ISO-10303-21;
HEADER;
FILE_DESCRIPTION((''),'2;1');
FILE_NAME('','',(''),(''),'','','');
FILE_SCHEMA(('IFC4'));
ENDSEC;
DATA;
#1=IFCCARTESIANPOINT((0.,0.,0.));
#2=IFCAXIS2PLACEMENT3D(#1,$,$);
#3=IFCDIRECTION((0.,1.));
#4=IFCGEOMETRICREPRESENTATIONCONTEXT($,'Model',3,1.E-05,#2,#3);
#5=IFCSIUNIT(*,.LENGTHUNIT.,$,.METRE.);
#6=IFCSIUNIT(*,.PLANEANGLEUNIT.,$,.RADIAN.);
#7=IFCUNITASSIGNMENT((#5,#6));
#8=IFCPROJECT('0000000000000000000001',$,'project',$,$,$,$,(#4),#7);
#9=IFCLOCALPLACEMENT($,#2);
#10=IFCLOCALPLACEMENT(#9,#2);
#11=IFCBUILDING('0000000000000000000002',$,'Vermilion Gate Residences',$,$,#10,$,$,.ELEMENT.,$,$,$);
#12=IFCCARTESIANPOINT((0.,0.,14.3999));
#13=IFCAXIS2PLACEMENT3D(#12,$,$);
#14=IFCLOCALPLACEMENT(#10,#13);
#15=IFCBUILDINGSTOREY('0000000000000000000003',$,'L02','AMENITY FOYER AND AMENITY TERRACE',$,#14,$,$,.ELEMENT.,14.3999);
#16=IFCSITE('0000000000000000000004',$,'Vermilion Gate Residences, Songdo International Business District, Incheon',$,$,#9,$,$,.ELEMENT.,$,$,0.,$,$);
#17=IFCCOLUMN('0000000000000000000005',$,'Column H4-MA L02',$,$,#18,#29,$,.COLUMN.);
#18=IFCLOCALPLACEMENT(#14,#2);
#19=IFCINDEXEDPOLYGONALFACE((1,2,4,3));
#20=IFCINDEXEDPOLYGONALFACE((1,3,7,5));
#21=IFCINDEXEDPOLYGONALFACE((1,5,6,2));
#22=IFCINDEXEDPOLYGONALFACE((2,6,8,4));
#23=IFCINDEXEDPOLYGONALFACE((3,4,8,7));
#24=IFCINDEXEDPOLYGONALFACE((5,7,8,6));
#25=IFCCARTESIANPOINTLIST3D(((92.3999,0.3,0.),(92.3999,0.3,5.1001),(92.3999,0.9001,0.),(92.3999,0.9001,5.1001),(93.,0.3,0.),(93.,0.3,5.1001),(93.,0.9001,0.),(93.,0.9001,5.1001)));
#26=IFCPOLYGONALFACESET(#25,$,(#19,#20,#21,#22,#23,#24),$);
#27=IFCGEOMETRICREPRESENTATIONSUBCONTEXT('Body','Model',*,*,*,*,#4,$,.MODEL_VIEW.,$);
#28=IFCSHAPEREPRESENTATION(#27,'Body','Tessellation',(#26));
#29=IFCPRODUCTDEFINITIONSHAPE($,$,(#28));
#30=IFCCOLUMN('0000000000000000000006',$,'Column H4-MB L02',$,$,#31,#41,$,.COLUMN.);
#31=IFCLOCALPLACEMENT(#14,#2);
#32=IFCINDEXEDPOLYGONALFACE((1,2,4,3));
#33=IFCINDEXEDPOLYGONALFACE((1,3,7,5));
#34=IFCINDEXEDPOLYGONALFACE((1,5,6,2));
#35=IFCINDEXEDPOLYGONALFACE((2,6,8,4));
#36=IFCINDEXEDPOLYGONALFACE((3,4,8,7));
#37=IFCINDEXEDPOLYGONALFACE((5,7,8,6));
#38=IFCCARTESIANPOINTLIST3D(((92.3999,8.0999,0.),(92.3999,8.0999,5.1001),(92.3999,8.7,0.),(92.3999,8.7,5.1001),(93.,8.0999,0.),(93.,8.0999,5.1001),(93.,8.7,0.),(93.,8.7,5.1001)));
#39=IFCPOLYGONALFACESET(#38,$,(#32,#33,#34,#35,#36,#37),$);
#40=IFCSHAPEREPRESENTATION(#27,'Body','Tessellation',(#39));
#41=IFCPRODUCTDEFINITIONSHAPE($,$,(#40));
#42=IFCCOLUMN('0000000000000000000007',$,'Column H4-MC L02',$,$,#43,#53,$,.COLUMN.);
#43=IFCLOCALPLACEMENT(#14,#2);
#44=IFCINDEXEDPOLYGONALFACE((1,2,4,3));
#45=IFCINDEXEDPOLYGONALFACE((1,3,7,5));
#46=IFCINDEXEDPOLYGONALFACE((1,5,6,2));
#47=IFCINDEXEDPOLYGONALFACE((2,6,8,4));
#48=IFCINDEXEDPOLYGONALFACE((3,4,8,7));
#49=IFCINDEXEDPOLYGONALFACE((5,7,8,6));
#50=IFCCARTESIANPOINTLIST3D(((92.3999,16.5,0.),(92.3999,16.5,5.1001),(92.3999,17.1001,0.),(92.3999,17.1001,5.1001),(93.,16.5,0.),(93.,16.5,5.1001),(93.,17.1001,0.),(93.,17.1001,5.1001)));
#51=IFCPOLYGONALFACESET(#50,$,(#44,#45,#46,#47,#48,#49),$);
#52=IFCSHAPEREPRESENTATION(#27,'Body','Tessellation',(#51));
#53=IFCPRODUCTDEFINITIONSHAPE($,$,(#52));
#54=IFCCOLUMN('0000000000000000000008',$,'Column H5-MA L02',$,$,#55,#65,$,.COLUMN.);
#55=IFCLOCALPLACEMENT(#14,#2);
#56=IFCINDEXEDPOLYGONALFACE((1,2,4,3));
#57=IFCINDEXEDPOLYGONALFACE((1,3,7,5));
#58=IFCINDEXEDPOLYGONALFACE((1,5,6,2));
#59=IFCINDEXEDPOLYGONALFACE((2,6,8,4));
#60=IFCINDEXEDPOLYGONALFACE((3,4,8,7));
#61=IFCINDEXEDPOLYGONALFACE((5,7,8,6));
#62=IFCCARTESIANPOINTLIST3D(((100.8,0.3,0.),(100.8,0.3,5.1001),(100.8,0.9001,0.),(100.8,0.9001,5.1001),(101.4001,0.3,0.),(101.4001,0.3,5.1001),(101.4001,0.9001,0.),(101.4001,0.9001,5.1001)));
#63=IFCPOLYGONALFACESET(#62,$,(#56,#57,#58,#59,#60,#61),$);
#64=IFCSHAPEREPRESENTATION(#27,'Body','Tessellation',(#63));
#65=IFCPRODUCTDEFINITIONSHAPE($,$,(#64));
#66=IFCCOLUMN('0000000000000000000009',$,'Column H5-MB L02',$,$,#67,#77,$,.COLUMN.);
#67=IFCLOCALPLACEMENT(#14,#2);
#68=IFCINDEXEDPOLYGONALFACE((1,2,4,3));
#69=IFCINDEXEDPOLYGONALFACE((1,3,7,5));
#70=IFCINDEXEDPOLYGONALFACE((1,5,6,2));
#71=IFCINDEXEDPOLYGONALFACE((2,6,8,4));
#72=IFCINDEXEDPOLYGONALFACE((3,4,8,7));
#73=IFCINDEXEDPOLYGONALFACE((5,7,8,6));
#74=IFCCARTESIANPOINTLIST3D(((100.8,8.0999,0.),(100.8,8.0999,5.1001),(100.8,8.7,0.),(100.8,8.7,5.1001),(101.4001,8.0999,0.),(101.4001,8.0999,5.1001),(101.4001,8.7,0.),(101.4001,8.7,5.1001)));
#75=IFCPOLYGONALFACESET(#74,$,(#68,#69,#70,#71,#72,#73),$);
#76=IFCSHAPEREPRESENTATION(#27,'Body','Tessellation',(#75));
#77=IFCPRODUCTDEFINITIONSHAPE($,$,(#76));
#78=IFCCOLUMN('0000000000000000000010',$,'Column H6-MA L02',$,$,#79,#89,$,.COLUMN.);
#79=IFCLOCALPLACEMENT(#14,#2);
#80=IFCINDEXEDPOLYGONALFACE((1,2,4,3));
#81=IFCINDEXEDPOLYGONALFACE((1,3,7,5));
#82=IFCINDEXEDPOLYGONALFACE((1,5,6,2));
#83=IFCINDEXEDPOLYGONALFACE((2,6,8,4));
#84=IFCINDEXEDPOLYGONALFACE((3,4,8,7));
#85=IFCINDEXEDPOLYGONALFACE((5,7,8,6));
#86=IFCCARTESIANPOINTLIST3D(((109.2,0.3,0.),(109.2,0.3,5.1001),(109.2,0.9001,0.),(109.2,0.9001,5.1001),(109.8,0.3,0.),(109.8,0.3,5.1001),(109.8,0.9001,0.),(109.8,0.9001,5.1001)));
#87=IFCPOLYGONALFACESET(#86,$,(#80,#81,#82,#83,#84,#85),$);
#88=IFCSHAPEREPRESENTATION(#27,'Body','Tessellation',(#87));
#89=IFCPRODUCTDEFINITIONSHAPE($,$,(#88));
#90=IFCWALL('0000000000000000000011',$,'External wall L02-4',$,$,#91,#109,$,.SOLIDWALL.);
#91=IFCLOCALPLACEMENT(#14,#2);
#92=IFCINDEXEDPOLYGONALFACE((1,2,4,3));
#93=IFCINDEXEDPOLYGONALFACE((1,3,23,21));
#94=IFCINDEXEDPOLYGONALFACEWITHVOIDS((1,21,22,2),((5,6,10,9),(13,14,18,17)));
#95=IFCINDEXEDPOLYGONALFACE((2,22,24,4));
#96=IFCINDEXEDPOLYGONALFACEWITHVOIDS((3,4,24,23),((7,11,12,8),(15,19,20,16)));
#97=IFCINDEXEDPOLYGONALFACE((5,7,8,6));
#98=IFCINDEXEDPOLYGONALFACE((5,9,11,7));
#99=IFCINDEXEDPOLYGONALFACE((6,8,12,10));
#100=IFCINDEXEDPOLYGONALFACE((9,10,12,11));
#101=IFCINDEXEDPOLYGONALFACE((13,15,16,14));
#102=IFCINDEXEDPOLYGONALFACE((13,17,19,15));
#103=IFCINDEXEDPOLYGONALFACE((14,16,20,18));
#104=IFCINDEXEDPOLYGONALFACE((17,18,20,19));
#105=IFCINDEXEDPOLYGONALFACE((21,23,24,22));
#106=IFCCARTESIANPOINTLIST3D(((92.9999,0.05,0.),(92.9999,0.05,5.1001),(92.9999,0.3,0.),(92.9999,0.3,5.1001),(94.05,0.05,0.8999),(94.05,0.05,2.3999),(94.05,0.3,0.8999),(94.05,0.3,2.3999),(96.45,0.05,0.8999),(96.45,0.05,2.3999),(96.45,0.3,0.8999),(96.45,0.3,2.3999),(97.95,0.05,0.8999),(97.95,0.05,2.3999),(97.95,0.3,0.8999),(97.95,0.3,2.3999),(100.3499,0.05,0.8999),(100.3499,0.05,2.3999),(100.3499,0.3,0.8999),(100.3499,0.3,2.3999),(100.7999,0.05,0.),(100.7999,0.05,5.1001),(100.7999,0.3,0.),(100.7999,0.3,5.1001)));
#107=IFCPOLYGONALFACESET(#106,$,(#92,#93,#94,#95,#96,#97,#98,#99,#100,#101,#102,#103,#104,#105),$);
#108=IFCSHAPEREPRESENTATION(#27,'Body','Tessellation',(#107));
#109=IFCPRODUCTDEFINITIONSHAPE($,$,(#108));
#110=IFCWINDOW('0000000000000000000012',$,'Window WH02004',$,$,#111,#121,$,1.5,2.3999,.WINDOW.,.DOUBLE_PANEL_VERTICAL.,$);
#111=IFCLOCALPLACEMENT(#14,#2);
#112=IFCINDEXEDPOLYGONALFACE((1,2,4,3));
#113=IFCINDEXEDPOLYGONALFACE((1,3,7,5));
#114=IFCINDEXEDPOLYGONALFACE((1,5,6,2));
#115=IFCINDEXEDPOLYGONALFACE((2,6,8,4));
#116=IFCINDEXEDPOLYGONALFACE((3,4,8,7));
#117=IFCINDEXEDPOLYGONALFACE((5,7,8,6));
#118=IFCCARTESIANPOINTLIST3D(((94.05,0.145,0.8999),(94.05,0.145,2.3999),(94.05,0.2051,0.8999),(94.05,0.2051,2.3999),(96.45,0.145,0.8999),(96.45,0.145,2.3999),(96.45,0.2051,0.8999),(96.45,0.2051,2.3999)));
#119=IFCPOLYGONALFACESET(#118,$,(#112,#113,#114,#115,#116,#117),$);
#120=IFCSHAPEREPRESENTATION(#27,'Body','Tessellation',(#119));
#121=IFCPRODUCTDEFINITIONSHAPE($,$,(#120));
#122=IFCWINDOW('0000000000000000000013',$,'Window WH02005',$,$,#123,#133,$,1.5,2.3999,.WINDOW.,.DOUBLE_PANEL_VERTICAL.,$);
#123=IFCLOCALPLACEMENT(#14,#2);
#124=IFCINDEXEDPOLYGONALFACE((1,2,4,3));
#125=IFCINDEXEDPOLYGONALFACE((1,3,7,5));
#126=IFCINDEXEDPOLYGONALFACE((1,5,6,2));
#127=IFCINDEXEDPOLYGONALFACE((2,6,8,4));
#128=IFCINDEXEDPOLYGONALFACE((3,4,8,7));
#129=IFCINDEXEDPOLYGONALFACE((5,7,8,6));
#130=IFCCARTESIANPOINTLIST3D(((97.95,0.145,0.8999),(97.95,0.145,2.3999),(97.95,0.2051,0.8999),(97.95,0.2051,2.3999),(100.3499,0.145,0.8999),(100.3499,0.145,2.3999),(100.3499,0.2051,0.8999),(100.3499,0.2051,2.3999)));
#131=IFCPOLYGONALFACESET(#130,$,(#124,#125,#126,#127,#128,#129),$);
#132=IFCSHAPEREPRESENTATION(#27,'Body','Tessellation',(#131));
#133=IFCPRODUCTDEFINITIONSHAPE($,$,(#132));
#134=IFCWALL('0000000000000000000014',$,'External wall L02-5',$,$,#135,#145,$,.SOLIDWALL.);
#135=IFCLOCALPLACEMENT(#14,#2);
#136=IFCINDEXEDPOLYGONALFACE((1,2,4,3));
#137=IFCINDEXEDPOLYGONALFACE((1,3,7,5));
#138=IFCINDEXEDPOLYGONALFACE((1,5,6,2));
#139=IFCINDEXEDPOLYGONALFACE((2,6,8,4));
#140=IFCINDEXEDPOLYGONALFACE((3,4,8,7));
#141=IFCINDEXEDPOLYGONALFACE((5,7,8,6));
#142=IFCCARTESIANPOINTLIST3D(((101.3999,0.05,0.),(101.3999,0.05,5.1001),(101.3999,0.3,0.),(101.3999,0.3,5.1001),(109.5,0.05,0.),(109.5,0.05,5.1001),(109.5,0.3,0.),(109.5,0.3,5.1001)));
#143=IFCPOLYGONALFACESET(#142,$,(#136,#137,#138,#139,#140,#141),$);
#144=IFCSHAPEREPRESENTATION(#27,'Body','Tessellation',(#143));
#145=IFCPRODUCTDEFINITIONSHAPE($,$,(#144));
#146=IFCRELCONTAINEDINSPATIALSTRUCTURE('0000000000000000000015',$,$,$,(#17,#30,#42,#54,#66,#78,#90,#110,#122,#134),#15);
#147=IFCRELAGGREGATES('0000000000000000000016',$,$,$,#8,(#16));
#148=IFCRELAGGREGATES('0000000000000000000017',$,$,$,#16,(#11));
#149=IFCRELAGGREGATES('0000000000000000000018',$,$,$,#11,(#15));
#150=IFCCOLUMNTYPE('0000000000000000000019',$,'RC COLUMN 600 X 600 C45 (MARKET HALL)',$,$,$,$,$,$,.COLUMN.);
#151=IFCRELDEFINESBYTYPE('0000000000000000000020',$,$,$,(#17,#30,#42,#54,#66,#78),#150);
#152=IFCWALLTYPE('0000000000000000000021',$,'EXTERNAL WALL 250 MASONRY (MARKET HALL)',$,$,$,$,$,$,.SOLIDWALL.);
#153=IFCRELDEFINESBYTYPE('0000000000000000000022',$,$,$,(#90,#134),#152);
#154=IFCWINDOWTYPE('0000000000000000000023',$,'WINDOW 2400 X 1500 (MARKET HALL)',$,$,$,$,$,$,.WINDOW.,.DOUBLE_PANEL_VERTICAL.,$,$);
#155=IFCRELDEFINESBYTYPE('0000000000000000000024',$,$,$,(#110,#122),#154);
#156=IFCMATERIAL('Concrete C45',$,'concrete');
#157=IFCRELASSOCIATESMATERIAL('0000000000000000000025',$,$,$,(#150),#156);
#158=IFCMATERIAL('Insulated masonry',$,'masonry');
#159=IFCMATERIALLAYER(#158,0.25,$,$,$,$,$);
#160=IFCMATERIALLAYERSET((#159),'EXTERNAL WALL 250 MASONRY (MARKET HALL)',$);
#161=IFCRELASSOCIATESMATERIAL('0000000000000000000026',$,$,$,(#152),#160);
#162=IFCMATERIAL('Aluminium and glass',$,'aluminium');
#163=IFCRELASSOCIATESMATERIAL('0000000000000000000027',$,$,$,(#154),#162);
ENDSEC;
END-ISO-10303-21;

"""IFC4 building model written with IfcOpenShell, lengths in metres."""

from ifc_helpers import new_model, si_unit, direction, frame, frame_2d, origin, origin_2d, place, context, subcontext, project, spatial, rectangle, extrude, material, layer, layer_set, material_profile, profile_set, type_object, element, fill, save


model = new_model("IFC4")

# Units and contexts
model_context = context("Model", 3, precision=1e-05, world=origin(), true_north=direction((0.0, 1.0)))
body_context = subcontext(model_context, "Body", "Model", "MODEL_VIEW")
ifc_project = project(units=[si_unit("LENGTHUNIT", "METRE"), si_unit("PLANEANGLEUNIT", "RADIAN")], contexts=[model_context])

# Site, building, storey
site_placement = place(None, origin())
site = spatial("IfcSite", under=ifc_project, at=site_placement, Name="Vermilion Gate Residences, Songdo International Business District, Incheon", CompositionType="ELEMENT", RefElevation=0.0)
building_placement = place(site_placement, origin())
building = spatial("IfcBuilding", under=site, at=building_placement, Name="Vermilion Gate Residences", CompositionType="ELEMENT")
storey_placement = place(building_placement, frame((0.0, 0.0, 14.3999)))
storey = spatial("IfcBuildingStorey", under=building, at=storey_placement, Name="L02", Description="AMENITY FOYER AND AMENITY TERRACE", CompositionType="ELEMENT", Elevation=14.3999)

# Columns
ifc_material_1 = material(Name="Concrete C45", Category="concrete")
ifc_material_profile = material_profile(ifc_material_1, rectangle(XDim=0.6001, YDim=0.6001, at=origin_2d()), Name="RC COLUMN 600 X 600 C45 (MARKET HALL)")
ifc_profile_set = profile_set([ifc_material_profile], Name="Concrete C45")
column_type = type_object("IfcColumnType", Name="RC COLUMN 600 X 600 C45 (MARKET HALL)", PredefinedType="COLUMN", material=ifc_profile_set)
for number, where, z_axis, x_axis, name in (
    (1, (92.7, 0.6001, 0.0), (0.0, 0.0, 1.0), (1.0, 0.0, 0.0), "Column H4-MA L02"),
    (2, (92.7, 8.3999, 0.0), (0.0, 0.0, 1.0), (1.0, 0.0, 0.0), "Column H4-MB L02"),
    (3, (92.7, 16.8, 0.0), (0.0, 0.0, 1.0), (1.0, 0.0, 0.0), "Column H4-MC L02"),
    (4, (101.1001, 0.6001, 0.0), (0.0, 0.0, 1.0), (1.0, 0.0, 0.0), "Column H5-MA L02"),
    (5, (101.1001, 8.3999, 0.0), (0.0, 0.0, 1.0), (1.0, 0.0, 0.0), "Column H5-MB L02"),
    (6, (109.5, 0.6001, 0.0), (0.0, 0.0, 1.0), (1.0, 0.0, 0.0), "Column H6-MA L02"),
):
    element("IfcColumn", number, at=place(storey_placement, frame(where, z_axis=z_axis, x_axis=x_axis)), inside=storey, type_object=column_type, Name=name, PredefinedType="COLUMN", context=body_context, shape_type="SweptSolid", body=[
        extrude(rectangle(XDim=0.6001, YDim=0.6001, at=origin_2d()), origin(), (0.0, 0.0, 1.0), 5.1001),
    ])

# Wall, openings, windows
ifc_material_2 = material(Name="Insulated masonry", Category="masonry")
ifc_layer_1 = layer(ifc_material_2, 0.25)
ifc_layer_set_1 = layer_set([ifc_layer_1], Name="EXTERNAL WALL 250 MASONRY (MARKET HALL)")
wall_type_1 = type_object("IfcWallType", Name="EXTERNAL WALL 250 MASONRY (MARKET HALL)", PredefinedType="SOLIDWALL", material=ifc_layer_set_1)
wall_1_placement = place(storey_placement, frame((93.0, 0.175, 0.0), z_axis=(0.0, 0.0, 1.0), x_axis=(1.0, 0.0, 0.0)))
wall_1 = element("IfcWall", 7, at=wall_1_placement, inside=storey, type_object=wall_type_1, Name="External wall L02-4", PredefinedType="SOLIDWALL", context=body_context, shape_type="SweptSolid", body=[
    extrude(rectangle(XDim=7.8, YDim=0.25, at=frame_2d((3.8999, 0.0))), origin(), (0.0, 0.0, 1.0), 5.1001),
])
opening_1_placement = place(wall_1_placement, frame((1.05, 0.0, 0.8999)))
opening_1 = element("IfcOpeningElement", 8, at=opening_1_placement, cuts=wall_1, PredefinedType="OPENING", context=body_context, shape_type="SweptSolid", body=[
    extrude(rectangle(XDim=2.3999, YDim=1.5, at=frame_2d((1.2, 0.75))), frame((0.0, 0.135, 0.0), z_axis=(0.0, -1.0, 0.0), x_axis=(1.0, 0.0, 0.0)), (0.0, 0.0, 1.0), 0.27),
])
opening_2_placement = place(wall_1_placement, frame((4.95, 0.0, 0.8999)))
opening_2 = element("IfcOpeningElement", 9, at=opening_2_placement, cuts=wall_1, PredefinedType="OPENING", context=body_context, shape_type="SweptSolid", body=[
    extrude(rectangle(XDim=2.3999, YDim=1.5, at=frame_2d((1.2, 0.75))), frame((0.0, 0.135, 0.0), z_axis=(0.0, -1.0, 0.0), x_axis=(1.0, 0.0, 0.0)), (0.0, 0.0, 1.0), 0.27),
])
ifc_material_3 = material(Name="Aluminium and glass", Category="aluminium")
window_type = type_object("IfcWindowType", Name="WINDOW 2400 X 1500 (MARKET HALL)", PartitioningType="DOUBLE_PANEL_VERTICAL", PredefinedType="WINDOW", material=ifc_material_3)
window_1_placement = place(opening_1_placement, origin())
window_1 = element("IfcWindow", 10, at=window_1_placement, inside=storey, type_object=window_type, Name="Window WH02004", OverallHeight=1.5, OverallWidth=2.3999, PartitioningType="DOUBLE_PANEL_VERTICAL", PredefinedType="WINDOW", context=body_context, shape_type="SweptSolid", body=[
    extrude(rectangle(XDim=2.3999, YDim=1.5, at=frame_2d((1.2, 0.75))), frame((0.0, 0.03, 0.0), z_axis=(0.0, -1.0, 0.0), x_axis=(1.0, 0.0, 0.0)), (0.0, 0.0, 1.0), 0.0601),
])
fill(opening_1, window_1)
window_2_placement = place(opening_2_placement, origin())
window_2 = element("IfcWindow", 11, at=window_2_placement, inside=storey, type_object=window_type, Name="Window WH02005", OverallHeight=1.5, OverallWidth=2.3999, PartitioningType="DOUBLE_PANEL_VERTICAL", PredefinedType="WINDOW", context=body_context, shape_type="SweptSolid", body=[
    extrude(rectangle(XDim=2.3999, YDim=1.5, at=frame_2d((1.2, 0.75))), frame((0.0, 0.03, 0.0), z_axis=(0.0, -1.0, 0.0), x_axis=(1.0, 0.0, 0.0)), (0.0, 0.0, 1.0), 0.0601),
])
fill(opening_2, window_2)

# Wall
wall_2_placement = place(storey_placement, frame((101.3999, 0.175, 0.0), z_axis=(0.0, 0.0, 1.0), x_axis=(1.0, 0.0, 0.0)))
element("IfcWall", 12, at=wall_2_placement, inside=storey, type_object=wall_type_1, Name="External wall L02-5", PredefinedType="SOLIDWALL", context=body_context, shape_type="SweptSolid", body=[
    extrude(rectangle(XDim=8.1001, YDim=0.25, at=frame_2d((4.05, 0.0))), origin(), (0.0, 0.0, 1.0), 5.1001),
])

save(model, "model.ifc")
